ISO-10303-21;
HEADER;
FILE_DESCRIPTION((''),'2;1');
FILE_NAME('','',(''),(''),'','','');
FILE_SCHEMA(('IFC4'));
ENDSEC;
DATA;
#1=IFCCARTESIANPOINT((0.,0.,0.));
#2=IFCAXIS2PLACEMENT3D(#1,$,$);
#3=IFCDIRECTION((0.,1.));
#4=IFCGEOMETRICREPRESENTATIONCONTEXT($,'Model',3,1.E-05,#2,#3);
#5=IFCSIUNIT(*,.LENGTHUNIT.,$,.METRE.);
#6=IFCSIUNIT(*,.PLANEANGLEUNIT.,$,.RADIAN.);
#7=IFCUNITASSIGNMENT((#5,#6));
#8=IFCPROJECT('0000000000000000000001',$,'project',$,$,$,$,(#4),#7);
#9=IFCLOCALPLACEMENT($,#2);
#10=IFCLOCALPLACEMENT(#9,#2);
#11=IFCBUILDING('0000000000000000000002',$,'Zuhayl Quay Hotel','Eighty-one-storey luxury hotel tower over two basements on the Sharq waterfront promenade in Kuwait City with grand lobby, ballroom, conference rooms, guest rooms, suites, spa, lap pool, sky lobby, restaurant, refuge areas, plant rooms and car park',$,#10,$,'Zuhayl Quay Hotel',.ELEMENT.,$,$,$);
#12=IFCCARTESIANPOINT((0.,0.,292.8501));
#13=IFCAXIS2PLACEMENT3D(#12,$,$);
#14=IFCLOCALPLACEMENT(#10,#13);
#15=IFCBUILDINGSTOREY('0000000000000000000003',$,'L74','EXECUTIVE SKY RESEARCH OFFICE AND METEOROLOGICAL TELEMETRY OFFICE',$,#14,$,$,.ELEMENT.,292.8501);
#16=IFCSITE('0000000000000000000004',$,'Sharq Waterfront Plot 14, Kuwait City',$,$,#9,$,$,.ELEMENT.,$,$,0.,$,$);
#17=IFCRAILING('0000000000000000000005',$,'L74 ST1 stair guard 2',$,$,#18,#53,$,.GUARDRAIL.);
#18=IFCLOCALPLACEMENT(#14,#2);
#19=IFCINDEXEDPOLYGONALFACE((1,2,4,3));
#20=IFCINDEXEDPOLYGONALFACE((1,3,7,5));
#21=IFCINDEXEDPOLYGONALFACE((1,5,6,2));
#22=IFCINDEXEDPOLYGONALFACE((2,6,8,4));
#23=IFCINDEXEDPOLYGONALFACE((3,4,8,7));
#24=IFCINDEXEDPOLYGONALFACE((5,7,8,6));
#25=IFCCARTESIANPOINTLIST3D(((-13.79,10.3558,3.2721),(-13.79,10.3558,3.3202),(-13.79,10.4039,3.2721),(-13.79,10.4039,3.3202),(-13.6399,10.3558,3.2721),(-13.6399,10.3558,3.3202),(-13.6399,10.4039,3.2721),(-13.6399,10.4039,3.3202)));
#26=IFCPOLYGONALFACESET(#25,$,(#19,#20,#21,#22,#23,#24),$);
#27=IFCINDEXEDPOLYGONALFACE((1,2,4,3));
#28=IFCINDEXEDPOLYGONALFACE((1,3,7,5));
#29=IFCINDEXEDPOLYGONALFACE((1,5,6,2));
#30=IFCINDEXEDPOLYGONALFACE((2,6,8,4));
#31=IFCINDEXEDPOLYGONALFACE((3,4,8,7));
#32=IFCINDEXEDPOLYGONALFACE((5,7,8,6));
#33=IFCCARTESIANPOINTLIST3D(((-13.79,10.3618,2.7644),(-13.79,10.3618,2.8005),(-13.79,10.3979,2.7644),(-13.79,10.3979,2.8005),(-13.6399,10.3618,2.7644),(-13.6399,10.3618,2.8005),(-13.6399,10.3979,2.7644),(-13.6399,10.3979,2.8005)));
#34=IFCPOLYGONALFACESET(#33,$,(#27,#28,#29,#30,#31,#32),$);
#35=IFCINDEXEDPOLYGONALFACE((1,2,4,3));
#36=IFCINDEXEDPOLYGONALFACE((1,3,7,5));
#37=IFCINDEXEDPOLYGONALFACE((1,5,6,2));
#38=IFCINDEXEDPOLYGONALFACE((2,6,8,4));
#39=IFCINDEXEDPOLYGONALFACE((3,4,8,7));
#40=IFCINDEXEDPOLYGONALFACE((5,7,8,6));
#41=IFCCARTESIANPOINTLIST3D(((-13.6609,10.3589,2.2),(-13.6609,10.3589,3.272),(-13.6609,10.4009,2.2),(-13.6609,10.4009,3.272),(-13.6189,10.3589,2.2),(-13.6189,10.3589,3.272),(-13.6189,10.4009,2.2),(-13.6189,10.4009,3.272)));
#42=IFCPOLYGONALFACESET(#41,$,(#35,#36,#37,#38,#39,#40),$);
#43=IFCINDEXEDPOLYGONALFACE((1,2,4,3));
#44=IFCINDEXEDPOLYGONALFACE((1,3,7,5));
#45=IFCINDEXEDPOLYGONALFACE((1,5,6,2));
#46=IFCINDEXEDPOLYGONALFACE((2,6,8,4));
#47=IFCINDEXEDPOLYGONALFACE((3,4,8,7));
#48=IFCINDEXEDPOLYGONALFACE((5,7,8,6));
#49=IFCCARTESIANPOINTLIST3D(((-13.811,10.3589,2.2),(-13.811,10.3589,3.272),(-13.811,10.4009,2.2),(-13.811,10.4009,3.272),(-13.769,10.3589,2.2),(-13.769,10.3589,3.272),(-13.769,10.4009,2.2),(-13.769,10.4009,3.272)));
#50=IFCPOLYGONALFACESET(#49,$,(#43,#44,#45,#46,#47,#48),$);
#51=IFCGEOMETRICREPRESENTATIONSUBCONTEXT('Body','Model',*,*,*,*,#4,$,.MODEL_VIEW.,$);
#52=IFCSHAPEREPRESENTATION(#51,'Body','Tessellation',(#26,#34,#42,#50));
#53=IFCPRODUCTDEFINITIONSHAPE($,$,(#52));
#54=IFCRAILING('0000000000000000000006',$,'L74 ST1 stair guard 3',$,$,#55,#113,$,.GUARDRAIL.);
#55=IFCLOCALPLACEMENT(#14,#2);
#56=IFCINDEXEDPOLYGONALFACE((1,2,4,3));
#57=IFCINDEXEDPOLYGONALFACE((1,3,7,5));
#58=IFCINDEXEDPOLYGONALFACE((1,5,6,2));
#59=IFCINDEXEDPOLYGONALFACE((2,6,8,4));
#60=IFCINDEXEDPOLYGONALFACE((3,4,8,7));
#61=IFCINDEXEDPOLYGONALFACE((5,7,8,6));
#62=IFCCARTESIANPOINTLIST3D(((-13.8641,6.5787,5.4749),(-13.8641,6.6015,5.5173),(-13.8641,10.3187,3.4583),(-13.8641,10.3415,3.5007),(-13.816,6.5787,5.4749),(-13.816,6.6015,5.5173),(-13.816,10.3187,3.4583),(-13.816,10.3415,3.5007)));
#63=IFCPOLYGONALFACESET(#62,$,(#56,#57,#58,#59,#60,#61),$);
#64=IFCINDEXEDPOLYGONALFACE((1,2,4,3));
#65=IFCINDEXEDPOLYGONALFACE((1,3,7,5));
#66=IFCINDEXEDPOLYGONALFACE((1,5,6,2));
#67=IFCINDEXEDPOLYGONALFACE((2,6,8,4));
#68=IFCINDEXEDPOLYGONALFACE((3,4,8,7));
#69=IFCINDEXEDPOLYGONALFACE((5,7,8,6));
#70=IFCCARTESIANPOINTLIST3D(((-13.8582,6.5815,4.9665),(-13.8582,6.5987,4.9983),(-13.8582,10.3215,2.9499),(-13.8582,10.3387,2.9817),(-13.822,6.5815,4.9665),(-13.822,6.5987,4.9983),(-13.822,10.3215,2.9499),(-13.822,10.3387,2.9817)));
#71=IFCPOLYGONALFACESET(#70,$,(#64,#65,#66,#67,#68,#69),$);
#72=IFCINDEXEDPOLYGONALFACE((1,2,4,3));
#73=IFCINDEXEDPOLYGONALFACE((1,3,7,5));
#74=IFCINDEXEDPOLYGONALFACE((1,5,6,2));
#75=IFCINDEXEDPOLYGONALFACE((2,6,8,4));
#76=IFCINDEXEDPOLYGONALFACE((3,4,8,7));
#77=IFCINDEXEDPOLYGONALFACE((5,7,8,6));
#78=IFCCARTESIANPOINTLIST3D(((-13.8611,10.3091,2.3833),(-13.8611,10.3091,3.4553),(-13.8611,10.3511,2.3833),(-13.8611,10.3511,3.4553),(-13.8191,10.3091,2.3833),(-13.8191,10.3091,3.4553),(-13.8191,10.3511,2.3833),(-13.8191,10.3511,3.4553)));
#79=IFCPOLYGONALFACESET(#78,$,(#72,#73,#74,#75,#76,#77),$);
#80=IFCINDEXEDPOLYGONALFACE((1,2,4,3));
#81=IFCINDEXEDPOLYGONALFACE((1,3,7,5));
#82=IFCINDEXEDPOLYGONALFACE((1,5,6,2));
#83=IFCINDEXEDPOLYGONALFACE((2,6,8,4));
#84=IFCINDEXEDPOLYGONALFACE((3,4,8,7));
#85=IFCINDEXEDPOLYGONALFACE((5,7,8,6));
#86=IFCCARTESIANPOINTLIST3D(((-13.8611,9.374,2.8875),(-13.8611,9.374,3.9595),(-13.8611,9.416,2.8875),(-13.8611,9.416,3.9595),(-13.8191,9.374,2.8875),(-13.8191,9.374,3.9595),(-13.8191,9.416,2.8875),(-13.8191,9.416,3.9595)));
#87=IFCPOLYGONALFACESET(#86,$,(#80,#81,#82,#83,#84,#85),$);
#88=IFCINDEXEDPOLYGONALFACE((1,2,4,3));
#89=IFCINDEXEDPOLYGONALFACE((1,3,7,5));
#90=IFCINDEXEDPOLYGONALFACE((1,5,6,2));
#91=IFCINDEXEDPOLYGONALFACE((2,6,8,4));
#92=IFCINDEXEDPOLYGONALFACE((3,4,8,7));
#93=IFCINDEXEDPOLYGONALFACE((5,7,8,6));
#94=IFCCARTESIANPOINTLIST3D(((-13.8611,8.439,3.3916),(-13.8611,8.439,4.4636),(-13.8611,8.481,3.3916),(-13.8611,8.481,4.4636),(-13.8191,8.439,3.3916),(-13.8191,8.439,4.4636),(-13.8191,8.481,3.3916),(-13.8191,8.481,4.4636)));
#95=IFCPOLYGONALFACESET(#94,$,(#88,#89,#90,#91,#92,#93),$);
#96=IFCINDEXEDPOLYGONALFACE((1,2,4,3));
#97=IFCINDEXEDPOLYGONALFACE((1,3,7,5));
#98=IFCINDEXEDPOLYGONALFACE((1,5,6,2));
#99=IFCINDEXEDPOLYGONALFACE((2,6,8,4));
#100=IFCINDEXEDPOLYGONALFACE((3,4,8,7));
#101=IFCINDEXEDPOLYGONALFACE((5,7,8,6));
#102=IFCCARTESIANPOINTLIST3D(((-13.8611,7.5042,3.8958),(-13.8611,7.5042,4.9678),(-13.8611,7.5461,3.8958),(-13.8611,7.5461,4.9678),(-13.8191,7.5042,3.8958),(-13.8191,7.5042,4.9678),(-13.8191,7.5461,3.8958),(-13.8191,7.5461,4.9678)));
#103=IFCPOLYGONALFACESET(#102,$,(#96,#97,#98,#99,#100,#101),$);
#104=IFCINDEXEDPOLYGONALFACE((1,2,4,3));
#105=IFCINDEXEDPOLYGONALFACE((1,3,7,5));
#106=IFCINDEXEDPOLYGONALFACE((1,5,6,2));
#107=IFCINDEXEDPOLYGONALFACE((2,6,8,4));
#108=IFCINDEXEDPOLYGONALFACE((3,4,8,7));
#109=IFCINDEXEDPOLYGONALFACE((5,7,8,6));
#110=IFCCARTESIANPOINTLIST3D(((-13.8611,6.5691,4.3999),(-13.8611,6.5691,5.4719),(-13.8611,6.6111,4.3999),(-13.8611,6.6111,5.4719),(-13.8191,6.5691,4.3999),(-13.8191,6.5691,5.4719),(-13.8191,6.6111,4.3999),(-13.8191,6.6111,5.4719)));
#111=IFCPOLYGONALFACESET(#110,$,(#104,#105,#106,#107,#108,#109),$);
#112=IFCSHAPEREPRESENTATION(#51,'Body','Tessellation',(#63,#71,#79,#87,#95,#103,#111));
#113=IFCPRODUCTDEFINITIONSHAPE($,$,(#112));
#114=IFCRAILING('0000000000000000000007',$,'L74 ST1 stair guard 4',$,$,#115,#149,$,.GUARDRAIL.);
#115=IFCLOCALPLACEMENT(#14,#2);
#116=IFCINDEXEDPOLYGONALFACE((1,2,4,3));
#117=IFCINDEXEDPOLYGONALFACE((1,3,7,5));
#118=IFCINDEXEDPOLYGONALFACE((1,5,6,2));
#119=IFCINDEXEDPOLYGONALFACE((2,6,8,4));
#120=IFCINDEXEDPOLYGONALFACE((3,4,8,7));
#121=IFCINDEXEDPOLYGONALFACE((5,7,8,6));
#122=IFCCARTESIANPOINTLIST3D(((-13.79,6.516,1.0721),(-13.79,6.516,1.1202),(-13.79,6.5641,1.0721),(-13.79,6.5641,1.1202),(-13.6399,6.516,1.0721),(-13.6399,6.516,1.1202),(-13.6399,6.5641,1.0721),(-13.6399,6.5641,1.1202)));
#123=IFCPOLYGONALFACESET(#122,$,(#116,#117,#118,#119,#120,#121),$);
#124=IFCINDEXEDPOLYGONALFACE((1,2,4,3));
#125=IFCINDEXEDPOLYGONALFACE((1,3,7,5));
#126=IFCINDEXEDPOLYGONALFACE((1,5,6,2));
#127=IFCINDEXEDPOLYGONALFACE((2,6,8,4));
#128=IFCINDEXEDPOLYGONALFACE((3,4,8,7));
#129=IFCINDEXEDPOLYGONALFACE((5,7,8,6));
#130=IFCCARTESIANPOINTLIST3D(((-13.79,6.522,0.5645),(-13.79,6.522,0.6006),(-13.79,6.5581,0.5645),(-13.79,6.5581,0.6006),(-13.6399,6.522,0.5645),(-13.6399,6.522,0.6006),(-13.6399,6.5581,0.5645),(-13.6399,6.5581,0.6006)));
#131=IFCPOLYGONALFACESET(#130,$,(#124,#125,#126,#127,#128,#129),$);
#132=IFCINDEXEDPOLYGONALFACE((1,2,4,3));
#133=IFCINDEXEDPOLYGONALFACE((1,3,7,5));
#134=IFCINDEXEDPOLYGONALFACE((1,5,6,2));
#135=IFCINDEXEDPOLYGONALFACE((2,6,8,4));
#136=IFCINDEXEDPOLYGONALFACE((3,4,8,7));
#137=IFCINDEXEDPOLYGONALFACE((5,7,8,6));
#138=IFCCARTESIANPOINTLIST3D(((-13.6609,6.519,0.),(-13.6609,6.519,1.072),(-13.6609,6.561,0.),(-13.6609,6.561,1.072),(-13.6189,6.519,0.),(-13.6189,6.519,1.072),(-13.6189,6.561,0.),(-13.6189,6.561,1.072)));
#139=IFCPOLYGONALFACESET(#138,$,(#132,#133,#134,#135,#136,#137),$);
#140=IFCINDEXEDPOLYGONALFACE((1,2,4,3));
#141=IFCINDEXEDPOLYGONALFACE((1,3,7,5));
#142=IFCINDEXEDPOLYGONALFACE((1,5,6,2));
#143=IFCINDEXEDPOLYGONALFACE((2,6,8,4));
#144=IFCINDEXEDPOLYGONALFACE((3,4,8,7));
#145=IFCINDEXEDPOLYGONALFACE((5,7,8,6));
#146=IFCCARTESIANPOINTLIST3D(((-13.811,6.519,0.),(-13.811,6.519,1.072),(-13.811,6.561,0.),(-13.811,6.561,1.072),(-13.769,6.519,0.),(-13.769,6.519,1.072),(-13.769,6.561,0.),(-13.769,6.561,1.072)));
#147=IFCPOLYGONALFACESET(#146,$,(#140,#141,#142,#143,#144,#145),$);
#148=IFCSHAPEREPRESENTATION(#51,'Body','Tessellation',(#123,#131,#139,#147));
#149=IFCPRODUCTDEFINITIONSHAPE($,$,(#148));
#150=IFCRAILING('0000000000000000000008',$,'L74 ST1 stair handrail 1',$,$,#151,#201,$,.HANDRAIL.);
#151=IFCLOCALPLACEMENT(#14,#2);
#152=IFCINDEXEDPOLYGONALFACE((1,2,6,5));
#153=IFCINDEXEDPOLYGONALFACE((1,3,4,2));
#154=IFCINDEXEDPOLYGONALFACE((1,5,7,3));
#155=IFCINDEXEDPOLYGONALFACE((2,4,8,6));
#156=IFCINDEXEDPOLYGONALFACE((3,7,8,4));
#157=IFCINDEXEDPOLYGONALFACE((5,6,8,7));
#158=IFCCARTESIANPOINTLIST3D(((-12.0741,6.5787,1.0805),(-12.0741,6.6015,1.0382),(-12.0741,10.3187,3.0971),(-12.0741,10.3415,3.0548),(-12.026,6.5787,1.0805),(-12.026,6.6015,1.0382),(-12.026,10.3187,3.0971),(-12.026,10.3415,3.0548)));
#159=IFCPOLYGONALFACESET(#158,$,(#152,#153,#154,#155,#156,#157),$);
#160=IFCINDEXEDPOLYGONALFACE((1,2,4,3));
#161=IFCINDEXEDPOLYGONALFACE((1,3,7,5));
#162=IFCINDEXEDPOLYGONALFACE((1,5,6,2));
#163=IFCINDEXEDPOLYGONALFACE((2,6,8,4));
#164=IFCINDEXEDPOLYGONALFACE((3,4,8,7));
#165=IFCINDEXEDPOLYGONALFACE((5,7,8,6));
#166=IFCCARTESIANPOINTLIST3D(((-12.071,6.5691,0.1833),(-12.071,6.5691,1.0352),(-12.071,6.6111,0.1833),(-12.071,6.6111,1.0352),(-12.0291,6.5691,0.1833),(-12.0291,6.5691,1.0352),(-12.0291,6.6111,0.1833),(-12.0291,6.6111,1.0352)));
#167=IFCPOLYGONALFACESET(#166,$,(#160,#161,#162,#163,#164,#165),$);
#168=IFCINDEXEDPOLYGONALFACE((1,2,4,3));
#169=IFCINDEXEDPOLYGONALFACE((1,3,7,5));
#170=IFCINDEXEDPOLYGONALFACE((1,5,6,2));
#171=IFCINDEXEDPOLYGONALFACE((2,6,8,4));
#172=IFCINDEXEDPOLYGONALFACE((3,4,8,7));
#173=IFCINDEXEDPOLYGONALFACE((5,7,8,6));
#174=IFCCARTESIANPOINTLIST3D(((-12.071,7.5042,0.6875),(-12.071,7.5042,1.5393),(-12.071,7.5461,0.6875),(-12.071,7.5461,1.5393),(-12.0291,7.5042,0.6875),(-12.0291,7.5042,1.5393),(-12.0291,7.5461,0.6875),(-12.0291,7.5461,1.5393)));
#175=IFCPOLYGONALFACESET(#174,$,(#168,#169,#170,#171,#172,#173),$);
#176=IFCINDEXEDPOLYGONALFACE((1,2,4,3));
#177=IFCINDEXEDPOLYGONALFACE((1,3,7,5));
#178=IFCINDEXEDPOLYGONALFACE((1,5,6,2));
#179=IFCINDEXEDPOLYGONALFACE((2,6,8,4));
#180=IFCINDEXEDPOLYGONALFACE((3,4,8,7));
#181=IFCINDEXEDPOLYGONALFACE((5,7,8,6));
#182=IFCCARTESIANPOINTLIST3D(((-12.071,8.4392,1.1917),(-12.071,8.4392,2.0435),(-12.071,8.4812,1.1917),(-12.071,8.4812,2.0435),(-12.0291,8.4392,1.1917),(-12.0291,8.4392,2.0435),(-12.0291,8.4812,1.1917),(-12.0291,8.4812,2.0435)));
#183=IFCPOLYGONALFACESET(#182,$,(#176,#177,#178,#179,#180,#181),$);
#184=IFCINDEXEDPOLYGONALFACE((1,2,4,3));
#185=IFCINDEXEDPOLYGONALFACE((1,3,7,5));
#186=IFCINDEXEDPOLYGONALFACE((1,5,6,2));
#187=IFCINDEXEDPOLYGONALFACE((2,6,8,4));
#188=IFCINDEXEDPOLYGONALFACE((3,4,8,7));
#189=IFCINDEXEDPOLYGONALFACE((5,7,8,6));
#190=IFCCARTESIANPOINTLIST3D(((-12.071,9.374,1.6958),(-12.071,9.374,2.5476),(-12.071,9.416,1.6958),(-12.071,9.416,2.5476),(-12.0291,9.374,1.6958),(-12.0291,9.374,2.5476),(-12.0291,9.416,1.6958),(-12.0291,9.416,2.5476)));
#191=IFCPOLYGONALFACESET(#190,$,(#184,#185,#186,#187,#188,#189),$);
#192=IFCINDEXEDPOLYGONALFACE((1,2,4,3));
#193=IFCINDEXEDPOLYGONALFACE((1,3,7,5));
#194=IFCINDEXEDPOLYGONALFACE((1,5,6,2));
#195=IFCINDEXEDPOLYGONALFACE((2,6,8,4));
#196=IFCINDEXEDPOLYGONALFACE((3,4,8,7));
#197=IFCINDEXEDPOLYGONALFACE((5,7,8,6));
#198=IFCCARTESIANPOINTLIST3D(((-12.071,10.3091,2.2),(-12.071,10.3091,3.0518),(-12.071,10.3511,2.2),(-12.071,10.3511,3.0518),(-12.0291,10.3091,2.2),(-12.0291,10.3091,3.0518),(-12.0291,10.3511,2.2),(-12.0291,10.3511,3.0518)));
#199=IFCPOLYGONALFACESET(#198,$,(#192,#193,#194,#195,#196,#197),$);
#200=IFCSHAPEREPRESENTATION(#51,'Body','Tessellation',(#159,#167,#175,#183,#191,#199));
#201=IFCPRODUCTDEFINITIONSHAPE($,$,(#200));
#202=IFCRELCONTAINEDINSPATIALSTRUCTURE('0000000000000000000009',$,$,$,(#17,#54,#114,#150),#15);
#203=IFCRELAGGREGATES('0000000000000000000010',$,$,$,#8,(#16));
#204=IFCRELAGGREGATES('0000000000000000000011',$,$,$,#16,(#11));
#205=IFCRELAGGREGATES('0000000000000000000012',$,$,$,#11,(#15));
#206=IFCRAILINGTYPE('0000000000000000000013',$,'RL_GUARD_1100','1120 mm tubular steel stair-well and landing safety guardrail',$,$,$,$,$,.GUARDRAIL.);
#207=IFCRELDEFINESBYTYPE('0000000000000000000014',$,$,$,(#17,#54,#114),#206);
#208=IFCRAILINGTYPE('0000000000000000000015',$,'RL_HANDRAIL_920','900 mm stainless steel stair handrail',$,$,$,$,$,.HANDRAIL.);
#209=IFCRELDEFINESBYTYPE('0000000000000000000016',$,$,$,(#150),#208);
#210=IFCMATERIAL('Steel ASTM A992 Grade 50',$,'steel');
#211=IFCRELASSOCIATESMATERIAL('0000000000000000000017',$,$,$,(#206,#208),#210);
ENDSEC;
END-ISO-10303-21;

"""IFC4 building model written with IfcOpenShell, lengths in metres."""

from ifc_helpers import new_model, si_unit, direction, frame, origin, origin_2d, place, context, subcontext, project, spatial, rectangle, extrude, material, type_object, element, save


model = new_model("IFC4")

# Units and contexts
model_context = context("Model", 3, precision=1e-05, world=origin(), true_north=direction((0.0, 1.0)))
body_context = subcontext(model_context, "Body", "Model", "MODEL_VIEW")
ifc_project = project(units=[si_unit("LENGTHUNIT", "METRE"), si_unit("PLANEANGLEUNIT", "RADIAN")], contexts=[model_context])

# Site, building, storey
site_placement = place(None, origin())
site = spatial("IfcSite", under=ifc_project, at=site_placement, Name="Sharq Waterfront Plot 14, Kuwait City", CompositionType="ELEMENT", RefElevation=0.0)
building_placement = place(site_placement, origin())
building = spatial("IfcBuilding", under=site, at=building_placement, Name="Zuhayl Quay Hotel", Description="Eighty-one-storey luxury hotel tower over two basements on the Sharq waterfront promenade in Kuwait City with grand lobby, ballroom, conference rooms, guest rooms, suites, spa, lap pool, sky lobby, restaurant, refuge areas, plant rooms and car park", LongName="Zuhayl Quay Hotel", CompositionType="ELEMENT")
storey_placement = place(building_placement, frame((0.0, 0.0, 292.8501)))
storey = spatial("IfcBuildingStorey", under=building, at=storey_placement, Name="L74", Description="EXECUTIVE SKY RESEARCH OFFICE AND METEOROLOGICAL TELEMETRY OFFICE", CompositionType="ELEMENT", Elevation=292.8501)

# Shared definitions
ifc_material_1 = material(Name="Steel ASTM A992 Grade 50", Category="steel")

# Railings
railing_type_1 = type_object("IfcRailingType", Name="RL_GUARD_1100", Description="1120 mm tubular steel stair-well and landing safety guardrail", PredefinedType="GUARDRAIL", material=ifc_material_1)
railing_1_placement = place(storey_placement, frame((-13.6399, 10.3799, 2.2)))
element("IfcRailing", 1, at=railing_1_placement, inside=storey, type_object=railing_type_1, Name="L74 ST1 stair guard 2", PredefinedType="GUARDRAIL", context=body_context, shape_type="SweptSolid", body=[
    extrude(rectangle(XDim=0.0481, YDim=0.0481, at=origin_2d()), frame((0.0, 0.0, 1.0962), z_axis=(-1.0, 0.0, 0.0), x_axis=(0.0, -1.0, 0.0)), (0.0, 0.0, 1.0), 0.1501),
    extrude(rectangle(XDim=0.0361, YDim=0.0361, at=origin_2d()), frame((0.0, 0.0, 0.5825), z_axis=(-1.0, 0.0, 0.0), x_axis=(0.0, -1.0, 0.0)), (0.0, 0.0, 1.0), 0.1501),
    extrude(rectangle(XDim=0.042, YDim=0.042, at=origin_2d()), origin(), (0.0, 0.0, 1.0), 1.072),
    extrude(rectangle(XDim=0.042, YDim=0.042, at=origin_2d()), frame((-0.1501, 0.0, 0.0)), (0.0, 0.0, 1.0), 1.072),
])
railing_2_placement = place(storey_placement, frame((-13.8401, 10.3301, 2.3833)))
element("IfcRailing", 2, at=railing_2_placement, inside=storey, type_object=railing_type_1, Name="L74 ST1 stair guard 3", PredefinedType="GUARDRAIL", context=body_context, shape_type="SweptSolid", body=[
    extrude(rectangle(XDim=0.0481, YDim=0.0481, at=origin_2d()), frame((0.0, 0.0, 1.0962), z_axis=(0.0, -0.8802, 0.474603), x_axis=(1.0, 0.0, 0.0)), (0.0, 0.0, 1.0), 4.249),
    extrude(rectangle(XDim=0.0361, YDim=0.0361, at=origin_2d()), frame((0.0, 0.0, 0.5825), z_axis=(0.0, -0.8802, 0.474603), x_axis=(1.0, 0.0, 0.0)), (0.0, 0.0, 1.0), 4.249),
    extrude(rectangle(XDim=0.042, YDim=0.042, at=origin_2d()), origin(), (0.0, 0.0, 1.0), 1.072),
    extrude(rectangle(XDim=0.042, YDim=0.042, at=origin_2d()), frame((0.0, -0.9351, 0.5042)), (0.0, 0.0, 1.0), 1.072),
    extrude(rectangle(XDim=0.042, YDim=0.042, at=origin_2d()), frame((0.0, -1.8701, 1.0083)), (0.0, 0.0, 1.0), 1.072),
    extrude(rectangle(XDim=0.042, YDim=0.042, at=origin_2d()), frame((0.0, -2.8049, 1.5125)), (0.0, 0.0, 1.0), 1.072),
    extrude(rectangle(XDim=0.042, YDim=0.042, at=origin_2d()), frame((0.0, -3.74, 2.0166)), (0.0, 0.0, 1.0), 1.072),
])
railing_3_placement = place(storey_placement, frame((-13.6399, 6.54, 0.0)))
element("IfcRailing", 3, at=railing_3_placement, inside=storey, type_object=railing_type_1, Name="L74 ST1 stair guard 4", PredefinedType="GUARDRAIL", context=body_context, shape_type="SweptSolid", body=[
    extrude(rectangle(XDim=0.0481, YDim=0.0481, at=origin_2d()), frame((0.0, 0.0, 1.0962), z_axis=(-1.0, 0.0, 0.0), x_axis=(0.0, -1.0, 0.0)), (0.0, 0.0, 1.0), 0.1501),
    extrude(rectangle(XDim=0.0361, YDim=0.0361, at=origin_2d()), frame((0.0, 0.0, 0.5825), z_axis=(-1.0, 0.0, 0.0), x_axis=(0.0, -1.0, 0.0)), (0.0, 0.0, 1.0), 0.1501),
    extrude(rectangle(XDim=0.042, YDim=0.042, at=origin_2d()), origin(), (0.0, 0.0, 1.0), 1.072),
    extrude(rectangle(XDim=0.042, YDim=0.042, at=origin_2d()), frame((-0.1501, 0.0, 0.0)), (0.0, 0.0, 1.0), 1.072),
])
railing_type_2 = type_object("IfcRailingType", Name="RL_HANDRAIL_920", Description="900 mm stainless steel stair handrail", PredefinedType="HANDRAIL", material=ifc_material_1)
railing_4_placement = place(storey_placement, frame((-12.05, 6.5901, 0.1833)))
element("IfcRailing", 4, at=railing_4_placement, inside=storey, type_object=railing_type_2, Name="L74 ST1 stair handrail 1", PredefinedType="HANDRAIL", context=body_context, shape_type="SweptSolid", body=[
    extrude(rectangle(XDim=0.0481, YDim=0.0481, at=origin_2d()), frame((0.0, 0.0, 0.876), z_axis=(0.0, 0.8802, 0.474603), x_axis=(-1.0, 0.0, 0.0)), (0.0, 0.0, 1.0), 4.249),
    extrude(rectangle(XDim=0.042, YDim=0.042, at=origin_2d()), origin(), (0.0, 0.0, 1.0), 0.8518),
    extrude(rectangle(XDim=0.042, YDim=0.042, at=origin_2d()), frame((0.0, 0.9351, 0.5042)), (0.0, 0.0, 1.0), 0.8518),
    extrude(rectangle(XDim=0.042, YDim=0.042, at=origin_2d()), frame((0.0, 1.8701, 1.0083)), (0.0, 0.0, 1.0), 0.8518),
    extrude(rectangle(XDim=0.042, YDim=0.042, at=origin_2d()), frame((0.0, 2.8049, 1.5125)), (0.0, 0.0, 1.0), 0.8518),
    extrude(rectangle(XDim=0.042, YDim=0.042, at=origin_2d()), frame((0.0, 3.74, 2.0166)), (0.0, 0.0, 1.0), 0.8518),
])

save(model, "model.ifc")
